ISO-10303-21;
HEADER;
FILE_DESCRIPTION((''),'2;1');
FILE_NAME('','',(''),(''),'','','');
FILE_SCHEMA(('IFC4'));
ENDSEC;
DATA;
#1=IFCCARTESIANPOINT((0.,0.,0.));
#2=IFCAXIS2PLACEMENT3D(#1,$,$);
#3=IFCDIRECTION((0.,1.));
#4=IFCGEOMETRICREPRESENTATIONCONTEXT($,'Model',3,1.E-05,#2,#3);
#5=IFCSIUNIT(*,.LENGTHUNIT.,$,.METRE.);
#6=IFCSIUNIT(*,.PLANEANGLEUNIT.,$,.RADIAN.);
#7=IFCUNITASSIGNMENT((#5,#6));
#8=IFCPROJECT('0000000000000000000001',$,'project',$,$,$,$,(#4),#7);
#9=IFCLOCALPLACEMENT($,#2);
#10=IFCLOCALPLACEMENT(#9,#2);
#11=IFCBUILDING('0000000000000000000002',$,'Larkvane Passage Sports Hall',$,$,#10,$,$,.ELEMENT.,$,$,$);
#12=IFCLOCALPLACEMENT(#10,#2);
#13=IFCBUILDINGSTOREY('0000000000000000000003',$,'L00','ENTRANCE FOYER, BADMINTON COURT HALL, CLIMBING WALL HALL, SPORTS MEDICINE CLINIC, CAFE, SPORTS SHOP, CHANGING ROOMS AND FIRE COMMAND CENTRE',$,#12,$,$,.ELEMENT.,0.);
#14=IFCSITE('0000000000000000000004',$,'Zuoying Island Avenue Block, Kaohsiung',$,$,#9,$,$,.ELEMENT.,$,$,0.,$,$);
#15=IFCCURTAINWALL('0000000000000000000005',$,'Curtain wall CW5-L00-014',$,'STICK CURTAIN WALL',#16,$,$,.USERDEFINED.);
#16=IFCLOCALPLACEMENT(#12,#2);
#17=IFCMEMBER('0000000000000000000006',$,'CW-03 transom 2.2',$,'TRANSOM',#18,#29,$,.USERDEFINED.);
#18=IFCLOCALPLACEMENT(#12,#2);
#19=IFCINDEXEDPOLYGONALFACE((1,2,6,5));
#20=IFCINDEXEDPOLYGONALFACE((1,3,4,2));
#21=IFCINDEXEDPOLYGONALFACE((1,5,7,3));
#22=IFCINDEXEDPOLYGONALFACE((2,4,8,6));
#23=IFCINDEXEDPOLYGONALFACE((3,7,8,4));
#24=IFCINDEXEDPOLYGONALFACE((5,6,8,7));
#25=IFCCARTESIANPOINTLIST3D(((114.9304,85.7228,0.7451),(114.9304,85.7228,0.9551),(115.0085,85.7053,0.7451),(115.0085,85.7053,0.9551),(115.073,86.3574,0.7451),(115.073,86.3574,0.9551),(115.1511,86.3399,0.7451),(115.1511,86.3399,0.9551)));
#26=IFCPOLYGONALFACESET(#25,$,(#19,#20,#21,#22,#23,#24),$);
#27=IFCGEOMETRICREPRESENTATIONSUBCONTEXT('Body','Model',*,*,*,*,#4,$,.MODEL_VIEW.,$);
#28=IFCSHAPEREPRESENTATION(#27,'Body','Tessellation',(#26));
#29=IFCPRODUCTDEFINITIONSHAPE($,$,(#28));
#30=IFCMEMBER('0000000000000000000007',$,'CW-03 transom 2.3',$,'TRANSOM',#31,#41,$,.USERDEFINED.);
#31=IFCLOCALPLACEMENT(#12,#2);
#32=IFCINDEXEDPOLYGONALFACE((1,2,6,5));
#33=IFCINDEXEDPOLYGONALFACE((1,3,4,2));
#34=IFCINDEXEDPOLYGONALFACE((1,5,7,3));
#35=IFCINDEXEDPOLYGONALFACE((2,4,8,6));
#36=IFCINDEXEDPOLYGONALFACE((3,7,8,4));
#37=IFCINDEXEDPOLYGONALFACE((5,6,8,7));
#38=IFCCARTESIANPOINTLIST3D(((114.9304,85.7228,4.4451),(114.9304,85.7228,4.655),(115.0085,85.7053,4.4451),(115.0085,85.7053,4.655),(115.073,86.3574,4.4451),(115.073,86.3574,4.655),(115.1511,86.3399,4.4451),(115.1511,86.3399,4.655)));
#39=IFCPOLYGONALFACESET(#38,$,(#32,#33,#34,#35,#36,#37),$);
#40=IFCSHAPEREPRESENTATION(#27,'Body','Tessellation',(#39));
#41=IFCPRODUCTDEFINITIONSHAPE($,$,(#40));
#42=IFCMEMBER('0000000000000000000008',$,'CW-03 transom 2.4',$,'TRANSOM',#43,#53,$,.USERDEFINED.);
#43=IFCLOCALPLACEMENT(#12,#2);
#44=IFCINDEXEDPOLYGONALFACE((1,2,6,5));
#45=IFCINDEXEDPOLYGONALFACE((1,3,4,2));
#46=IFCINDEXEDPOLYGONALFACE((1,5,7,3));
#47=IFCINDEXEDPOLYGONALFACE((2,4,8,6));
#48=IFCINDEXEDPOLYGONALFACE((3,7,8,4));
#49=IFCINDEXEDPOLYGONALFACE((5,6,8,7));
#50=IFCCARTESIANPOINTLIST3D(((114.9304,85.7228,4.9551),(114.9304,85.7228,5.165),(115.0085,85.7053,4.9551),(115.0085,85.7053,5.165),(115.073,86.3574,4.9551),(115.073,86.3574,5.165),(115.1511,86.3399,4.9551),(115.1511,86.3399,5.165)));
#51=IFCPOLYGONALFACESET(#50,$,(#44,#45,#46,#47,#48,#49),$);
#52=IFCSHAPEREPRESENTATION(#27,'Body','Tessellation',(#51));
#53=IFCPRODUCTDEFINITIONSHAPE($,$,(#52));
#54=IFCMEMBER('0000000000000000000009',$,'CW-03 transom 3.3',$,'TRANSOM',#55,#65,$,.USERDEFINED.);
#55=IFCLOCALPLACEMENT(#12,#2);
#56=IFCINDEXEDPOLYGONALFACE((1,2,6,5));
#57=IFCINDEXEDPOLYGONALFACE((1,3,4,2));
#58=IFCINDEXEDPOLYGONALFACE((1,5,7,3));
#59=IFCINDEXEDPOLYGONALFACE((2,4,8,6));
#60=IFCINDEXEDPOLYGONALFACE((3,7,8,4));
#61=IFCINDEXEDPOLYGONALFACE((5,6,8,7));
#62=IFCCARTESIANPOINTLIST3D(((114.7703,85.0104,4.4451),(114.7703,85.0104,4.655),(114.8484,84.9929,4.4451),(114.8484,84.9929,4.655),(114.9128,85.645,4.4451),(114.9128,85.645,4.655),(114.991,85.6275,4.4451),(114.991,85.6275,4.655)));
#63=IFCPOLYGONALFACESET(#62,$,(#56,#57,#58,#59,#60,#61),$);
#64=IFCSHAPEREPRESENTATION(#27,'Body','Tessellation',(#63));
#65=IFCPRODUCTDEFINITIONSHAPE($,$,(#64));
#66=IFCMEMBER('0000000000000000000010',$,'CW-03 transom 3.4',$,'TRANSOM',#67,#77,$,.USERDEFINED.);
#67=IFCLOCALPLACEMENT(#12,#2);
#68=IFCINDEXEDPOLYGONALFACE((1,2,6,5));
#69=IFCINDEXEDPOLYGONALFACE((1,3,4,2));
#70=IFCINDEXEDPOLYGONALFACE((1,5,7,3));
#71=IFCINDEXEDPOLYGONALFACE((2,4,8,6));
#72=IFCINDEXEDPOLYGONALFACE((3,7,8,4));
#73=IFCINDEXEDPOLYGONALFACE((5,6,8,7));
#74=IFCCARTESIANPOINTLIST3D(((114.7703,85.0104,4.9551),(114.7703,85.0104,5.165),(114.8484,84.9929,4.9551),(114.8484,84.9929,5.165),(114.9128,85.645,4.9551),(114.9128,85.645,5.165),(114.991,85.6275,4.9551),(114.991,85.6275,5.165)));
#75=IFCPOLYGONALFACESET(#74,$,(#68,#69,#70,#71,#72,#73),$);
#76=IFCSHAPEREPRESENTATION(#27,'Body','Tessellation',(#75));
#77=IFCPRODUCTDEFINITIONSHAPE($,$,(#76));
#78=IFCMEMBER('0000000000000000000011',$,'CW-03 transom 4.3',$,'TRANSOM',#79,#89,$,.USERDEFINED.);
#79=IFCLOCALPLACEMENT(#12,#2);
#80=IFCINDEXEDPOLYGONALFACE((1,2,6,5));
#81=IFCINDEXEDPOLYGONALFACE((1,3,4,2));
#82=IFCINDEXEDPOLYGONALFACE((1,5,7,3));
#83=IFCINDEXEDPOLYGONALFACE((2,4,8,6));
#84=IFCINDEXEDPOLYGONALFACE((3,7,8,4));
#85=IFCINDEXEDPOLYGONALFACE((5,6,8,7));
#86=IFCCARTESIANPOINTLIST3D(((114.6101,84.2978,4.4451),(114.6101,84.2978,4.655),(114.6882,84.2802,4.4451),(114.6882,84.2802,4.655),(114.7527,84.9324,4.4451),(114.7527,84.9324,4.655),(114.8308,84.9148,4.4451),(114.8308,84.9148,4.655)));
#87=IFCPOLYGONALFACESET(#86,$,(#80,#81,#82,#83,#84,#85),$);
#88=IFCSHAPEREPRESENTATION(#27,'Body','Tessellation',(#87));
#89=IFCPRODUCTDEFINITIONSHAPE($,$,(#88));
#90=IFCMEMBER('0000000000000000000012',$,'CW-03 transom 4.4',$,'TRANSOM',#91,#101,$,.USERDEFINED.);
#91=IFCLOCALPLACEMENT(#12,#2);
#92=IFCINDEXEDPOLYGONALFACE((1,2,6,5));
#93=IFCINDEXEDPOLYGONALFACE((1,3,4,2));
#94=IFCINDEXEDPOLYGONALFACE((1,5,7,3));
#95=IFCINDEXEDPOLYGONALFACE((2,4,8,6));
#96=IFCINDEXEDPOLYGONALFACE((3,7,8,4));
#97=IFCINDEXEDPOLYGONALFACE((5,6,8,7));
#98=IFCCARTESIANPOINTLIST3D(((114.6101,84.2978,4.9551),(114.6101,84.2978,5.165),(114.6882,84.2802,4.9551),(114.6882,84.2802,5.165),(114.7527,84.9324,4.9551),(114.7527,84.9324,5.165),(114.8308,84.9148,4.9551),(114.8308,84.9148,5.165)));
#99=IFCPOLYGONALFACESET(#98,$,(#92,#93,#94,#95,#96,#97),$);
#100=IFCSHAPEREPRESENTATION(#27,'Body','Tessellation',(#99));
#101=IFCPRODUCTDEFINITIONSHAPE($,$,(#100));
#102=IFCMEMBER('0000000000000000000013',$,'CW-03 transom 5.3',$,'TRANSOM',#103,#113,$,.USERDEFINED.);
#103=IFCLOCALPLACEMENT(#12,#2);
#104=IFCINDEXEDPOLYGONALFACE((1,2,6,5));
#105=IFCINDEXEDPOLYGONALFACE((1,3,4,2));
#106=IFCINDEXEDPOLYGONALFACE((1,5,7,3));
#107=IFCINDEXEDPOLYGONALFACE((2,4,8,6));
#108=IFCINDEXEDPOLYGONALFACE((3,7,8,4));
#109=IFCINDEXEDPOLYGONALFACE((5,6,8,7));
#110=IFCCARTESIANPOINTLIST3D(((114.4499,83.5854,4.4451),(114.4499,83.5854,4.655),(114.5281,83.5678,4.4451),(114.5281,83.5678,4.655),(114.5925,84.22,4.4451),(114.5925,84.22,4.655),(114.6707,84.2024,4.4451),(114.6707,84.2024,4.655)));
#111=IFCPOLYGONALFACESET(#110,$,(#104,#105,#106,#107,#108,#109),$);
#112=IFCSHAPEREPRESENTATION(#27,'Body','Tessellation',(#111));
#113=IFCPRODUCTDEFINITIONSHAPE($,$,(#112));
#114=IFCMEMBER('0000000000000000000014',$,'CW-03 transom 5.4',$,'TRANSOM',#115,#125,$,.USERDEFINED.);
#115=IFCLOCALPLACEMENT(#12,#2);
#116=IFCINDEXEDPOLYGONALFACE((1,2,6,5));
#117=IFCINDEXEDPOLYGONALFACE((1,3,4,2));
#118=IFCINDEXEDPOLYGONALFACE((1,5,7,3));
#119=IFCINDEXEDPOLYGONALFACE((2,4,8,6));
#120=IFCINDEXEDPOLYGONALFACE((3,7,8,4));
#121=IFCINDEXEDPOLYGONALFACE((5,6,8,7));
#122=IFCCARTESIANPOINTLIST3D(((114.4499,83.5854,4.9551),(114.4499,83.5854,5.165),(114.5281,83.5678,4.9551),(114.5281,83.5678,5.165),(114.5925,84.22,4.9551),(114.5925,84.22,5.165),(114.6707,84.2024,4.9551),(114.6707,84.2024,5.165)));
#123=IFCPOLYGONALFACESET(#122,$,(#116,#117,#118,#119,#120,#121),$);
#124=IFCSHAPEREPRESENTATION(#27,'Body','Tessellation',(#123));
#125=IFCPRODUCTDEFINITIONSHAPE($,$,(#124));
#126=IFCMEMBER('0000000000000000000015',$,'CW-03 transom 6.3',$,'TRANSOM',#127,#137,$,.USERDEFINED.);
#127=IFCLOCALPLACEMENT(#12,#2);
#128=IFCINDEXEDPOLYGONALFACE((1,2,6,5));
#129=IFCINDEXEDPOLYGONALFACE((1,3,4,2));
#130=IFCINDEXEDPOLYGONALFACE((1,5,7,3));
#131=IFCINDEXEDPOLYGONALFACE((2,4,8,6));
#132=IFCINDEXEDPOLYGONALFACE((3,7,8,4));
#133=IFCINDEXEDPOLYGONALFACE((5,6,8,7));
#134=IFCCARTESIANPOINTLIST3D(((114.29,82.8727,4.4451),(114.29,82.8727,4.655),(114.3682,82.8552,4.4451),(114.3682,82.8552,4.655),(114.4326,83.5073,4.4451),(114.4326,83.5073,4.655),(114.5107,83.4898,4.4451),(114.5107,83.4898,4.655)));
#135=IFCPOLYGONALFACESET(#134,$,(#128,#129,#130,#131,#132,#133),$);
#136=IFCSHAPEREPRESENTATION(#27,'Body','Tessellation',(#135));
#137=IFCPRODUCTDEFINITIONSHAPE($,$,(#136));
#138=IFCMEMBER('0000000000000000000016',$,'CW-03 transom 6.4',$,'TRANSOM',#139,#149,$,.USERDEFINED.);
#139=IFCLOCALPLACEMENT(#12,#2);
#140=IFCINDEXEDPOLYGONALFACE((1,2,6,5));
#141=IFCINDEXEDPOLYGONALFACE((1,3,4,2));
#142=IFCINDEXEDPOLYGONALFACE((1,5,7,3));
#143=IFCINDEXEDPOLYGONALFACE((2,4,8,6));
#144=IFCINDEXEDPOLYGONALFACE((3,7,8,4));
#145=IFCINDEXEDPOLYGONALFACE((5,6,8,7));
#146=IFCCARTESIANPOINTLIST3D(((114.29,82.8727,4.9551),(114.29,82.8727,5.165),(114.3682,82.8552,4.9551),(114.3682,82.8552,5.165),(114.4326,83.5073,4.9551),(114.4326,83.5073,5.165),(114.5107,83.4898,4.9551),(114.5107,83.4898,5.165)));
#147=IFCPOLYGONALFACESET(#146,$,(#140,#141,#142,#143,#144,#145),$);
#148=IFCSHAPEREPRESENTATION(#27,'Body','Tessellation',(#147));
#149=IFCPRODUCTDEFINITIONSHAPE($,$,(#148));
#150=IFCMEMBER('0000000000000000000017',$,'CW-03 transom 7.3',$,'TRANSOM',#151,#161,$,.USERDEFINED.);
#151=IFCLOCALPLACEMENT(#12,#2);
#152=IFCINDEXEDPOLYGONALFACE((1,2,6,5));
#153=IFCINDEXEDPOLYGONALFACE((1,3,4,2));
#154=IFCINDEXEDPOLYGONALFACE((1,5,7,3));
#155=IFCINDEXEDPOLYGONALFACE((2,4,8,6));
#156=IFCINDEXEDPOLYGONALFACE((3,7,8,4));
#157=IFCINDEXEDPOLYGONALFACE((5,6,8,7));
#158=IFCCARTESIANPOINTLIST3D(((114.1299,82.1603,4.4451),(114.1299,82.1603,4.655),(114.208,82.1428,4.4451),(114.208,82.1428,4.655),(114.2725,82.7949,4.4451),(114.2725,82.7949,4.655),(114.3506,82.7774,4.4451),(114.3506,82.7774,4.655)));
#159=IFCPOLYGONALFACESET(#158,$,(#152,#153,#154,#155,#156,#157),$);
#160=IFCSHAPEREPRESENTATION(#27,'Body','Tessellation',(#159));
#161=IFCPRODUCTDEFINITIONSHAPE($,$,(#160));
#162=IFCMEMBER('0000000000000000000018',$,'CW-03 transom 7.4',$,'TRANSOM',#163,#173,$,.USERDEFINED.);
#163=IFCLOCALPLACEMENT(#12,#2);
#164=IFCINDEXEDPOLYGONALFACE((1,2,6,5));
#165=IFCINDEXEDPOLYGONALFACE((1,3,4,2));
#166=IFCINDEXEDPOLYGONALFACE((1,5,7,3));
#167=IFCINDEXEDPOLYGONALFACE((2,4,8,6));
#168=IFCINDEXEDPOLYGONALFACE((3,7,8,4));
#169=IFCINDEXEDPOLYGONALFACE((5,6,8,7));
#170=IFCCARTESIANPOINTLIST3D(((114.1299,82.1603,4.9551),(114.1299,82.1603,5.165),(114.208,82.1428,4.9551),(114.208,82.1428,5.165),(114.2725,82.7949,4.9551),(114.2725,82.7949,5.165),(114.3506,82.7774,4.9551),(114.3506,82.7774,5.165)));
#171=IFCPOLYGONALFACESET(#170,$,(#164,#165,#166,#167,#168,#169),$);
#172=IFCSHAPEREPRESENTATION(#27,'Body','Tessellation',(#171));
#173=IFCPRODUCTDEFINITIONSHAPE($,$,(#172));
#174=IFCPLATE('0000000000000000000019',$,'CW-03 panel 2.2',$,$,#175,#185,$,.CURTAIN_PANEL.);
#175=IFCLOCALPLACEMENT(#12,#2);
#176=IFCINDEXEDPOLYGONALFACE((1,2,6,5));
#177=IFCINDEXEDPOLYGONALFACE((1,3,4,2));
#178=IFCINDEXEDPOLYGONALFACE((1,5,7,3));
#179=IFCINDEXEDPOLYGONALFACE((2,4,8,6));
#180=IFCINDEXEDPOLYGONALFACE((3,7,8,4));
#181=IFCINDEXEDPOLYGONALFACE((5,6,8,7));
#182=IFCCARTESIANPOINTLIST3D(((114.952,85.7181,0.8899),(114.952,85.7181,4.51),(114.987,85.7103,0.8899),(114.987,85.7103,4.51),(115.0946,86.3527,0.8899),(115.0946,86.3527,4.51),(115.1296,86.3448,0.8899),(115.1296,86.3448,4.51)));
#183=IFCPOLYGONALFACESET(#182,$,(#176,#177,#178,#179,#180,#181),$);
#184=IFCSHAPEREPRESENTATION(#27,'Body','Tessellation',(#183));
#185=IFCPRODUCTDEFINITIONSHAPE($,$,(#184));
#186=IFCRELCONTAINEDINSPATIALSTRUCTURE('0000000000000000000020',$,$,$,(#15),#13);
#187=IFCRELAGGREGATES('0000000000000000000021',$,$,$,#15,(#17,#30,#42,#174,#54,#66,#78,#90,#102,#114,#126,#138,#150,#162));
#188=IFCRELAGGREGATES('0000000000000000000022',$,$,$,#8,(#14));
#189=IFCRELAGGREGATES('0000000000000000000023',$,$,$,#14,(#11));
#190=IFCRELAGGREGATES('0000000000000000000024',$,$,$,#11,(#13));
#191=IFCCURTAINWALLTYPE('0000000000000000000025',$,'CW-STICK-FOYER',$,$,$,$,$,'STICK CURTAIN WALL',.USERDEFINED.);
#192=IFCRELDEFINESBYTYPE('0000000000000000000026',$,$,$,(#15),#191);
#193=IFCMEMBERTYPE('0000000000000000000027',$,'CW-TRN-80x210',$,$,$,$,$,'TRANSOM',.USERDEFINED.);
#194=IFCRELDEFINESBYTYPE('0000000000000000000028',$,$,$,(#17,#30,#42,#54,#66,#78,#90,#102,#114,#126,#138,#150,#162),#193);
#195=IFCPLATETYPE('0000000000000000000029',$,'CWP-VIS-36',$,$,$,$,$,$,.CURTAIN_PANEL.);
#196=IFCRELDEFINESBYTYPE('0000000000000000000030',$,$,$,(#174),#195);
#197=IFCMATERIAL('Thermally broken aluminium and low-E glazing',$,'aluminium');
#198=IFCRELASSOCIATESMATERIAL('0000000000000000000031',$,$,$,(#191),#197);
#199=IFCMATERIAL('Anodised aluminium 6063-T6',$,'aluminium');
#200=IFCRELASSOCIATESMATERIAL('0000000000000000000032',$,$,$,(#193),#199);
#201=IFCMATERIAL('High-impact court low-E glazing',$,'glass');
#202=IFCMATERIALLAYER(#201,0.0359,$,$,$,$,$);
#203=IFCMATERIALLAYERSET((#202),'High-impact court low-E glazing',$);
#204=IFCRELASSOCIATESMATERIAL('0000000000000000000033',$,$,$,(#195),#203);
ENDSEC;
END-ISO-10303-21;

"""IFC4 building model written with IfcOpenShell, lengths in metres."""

from ifc_helpers import new_model, si_unit, direction, frame, origin, origin_2d, place, context, subcontext, project, spatial, rectangle, extrude, material, layer, layer_set, material_profile, profile_set, type_object, element, aggregate, save


model = new_model("IFC4")

# Units and contexts
model_context = context("Model", 3, precision=1e-05, world=origin(), true_north=direction((0.0, 1.0)))
body_context = subcontext(model_context, "Body", "Model", "MODEL_VIEW")
ifc_project = project(units=[si_unit("LENGTHUNIT", "METRE"), si_unit("PLANEANGLEUNIT", "RADIAN")], contexts=[model_context])

# Site, building, storey
site_placement = place(None, origin())
site = spatial("IfcSite", under=ifc_project, at=site_placement, Name="Zuoying Island Avenue Block, Kaohsiung", CompositionType="ELEMENT", RefElevation=0.0)
building_placement = place(site_placement, origin())
building = spatial("IfcBuilding", under=site, at=building_placement, Name="Larkvane Passage Sports Hall", CompositionType="ELEMENT")
storey_placement = place(building_placement, origin())
storey = spatial("IfcBuildingStorey", under=building, at=storey_placement, Name="L00", Description="ENTRANCE FOYER, BADMINTON COURT HALL, CLIMBING WALL HALL, SPORTS MEDICINE CLINIC, CAFE, SPORTS SHOP, CHANGING ROOMS AND FIRE COMMAND CENTRE", CompositionType="ELEMENT", Elevation=0.0)

# Curtain wall, members, plate
ifc_material_1 = material(Name="Thermally broken aluminium and low-E glazing", Category="aluminium")
curtain_wall_type = type_object("IfcCurtainWallType", Name="CW-STICK-FOYER", ElementType="STICK CURTAIN WALL", PredefinedType="USERDEFINED", material=ifc_material_1)
curtain_wall_placement = place(storey_placement, origin())
curtain_wall = element("IfcCurtainWall", 1, at=curtain_wall_placement, inside=storey, type_object=curtain_wall_type, Name="Curtain wall CW5-L00-014", ObjectType="STICK CURTAIN WALL", PredefinedType="USERDEFINED")
ifc_material_2 = material(Name="Anodised aluminium 6063-T6", Category="aluminium")
ifc_material_profile = material_profile(ifc_material_2, rectangle(XDim=0.0801, YDim=0.21, at=origin_2d()), Name="ALU-TRN-80x210")
ifc_profile_set = profile_set([ifc_material_profile], Name="Anodised aluminium 6063-T6")
member_type = type_object("IfcMemberType", Name="CW-TRN-80x210", ElementType="TRANSOM", PredefinedType="USERDEFINED", material=ifc_profile_set)
member_1_placement = place(storey_placement, frame((115.1121, 86.3486, 0.8501), z_axis=(-0.219235, -0.975672, 0.0), x_axis=(0.975672, -0.219235, 0.0)))
member_1 = element("IfcMember", 2, at=member_1_placement, type_object=member_type, Name="CW-03 transom 2.2", ObjectType="TRANSOM", PredefinedType="USERDEFINED", context=body_context, shape_type="SweptSolid", body=[
    extrude(rectangle(XDim=0.0801, YDim=0.21, at=origin_2d()), origin(), (0.0, 0.0, 1.0), 0.6504),
])
member_2_placement = place(storey_placement, frame((115.1121, 86.3486, 4.55), z_axis=(-0.219235, -0.975672, 0.0), x_axis=(0.975672, -0.219235, 0.0)))
member_2 = element("IfcMember", 3, at=member_2_placement, type_object=member_type, Name="CW-03 transom 2.3", ObjectType="TRANSOM", PredefinedType="USERDEFINED", context=body_context, shape_type="SweptSolid", body=[
    extrude(rectangle(XDim=0.0801, YDim=0.21, at=origin_2d()), origin(), (0.0, 0.0, 1.0), 0.6504),
])
member_3_placement = place(storey_placement, frame((115.1121, 86.3486, 5.0601), z_axis=(-0.219235, -0.975672, 0.0), x_axis=(0.975672, -0.219235, 0.0)))
member_3 = element("IfcMember", 4, at=member_3_placement, type_object=member_type, Name="CW-03 transom 2.4", ObjectType="TRANSOM", PredefinedType="USERDEFINED", context=body_context, shape_type="SweptSolid", body=[
    extrude(rectangle(XDim=0.0801, YDim=0.21, at=origin_2d()), origin(), (0.0, 0.0, 1.0), 0.6504),
])
member_4_placement = place(storey_placement, frame((114.9519, 85.6362, 4.55), z_axis=(-0.219235, -0.975672, 0.0), x_axis=(0.975672, -0.219235, 0.0)))
member_4 = element("IfcMember", 5, at=member_4_placement, type_object=member_type, Name="CW-03 transom 3.3", ObjectType="TRANSOM", PredefinedType="USERDEFINED", context=body_context, shape_type="SweptSolid", body=[
    extrude(rectangle(XDim=0.0801, YDim=0.21, at=origin_2d()), origin(), (0.0, 0.0, 1.0), 0.6504),
])
member_5_placement = place(storey_placement, frame((114.9519, 85.6362, 5.0601), z_axis=(-0.219235, -0.975672, 0.0), x_axis=(0.975672, -0.219235, 0.0)))
member_5 = element("IfcMember", 6, at=member_5_placement, type_object=member_type, Name="CW-03 transom 3.4", ObjectType="TRANSOM", PredefinedType="USERDEFINED", context=body_context, shape_type="SweptSolid", body=[
    extrude(rectangle(XDim=0.0801, YDim=0.21, at=origin_2d()), origin(), (0.0, 0.0, 1.0), 0.6504),
])
member_6_placement = place(storey_placement, frame((114.7917, 84.9236, 4.55), z_axis=(-0.219235, -0.975672, 0.0), x_axis=(0.975672, -0.219235, 0.0)))
member_6 = element("IfcMember", 7, at=member_6_placement, type_object=member_type, Name="CW-03 transom 4.3", ObjectType="TRANSOM", PredefinedType="USERDEFINED", context=body_context, shape_type="SweptSolid", body=[
    extrude(rectangle(XDim=0.0801, YDim=0.21, at=origin_2d()), origin(), (0.0, 0.0, 1.0), 0.6504),
])
member_7_placement = place(storey_placement, frame((114.7917, 84.9236, 5.0601), z_axis=(-0.219235, -0.975672, 0.0), x_axis=(0.975672, -0.219235, 0.0)))
member_7 = element("IfcMember", 8, at=member_7_placement, type_object=member_type, Name="CW-03 transom 4.4", ObjectType="TRANSOM", PredefinedType="USERDEFINED", context=body_context, shape_type="SweptSolid", body=[
    extrude(rectangle(XDim=0.0801, YDim=0.21, at=origin_2d()), origin(), (0.0, 0.0, 1.0), 0.6504),
])
member_8_placement = place(storey_placement, frame((114.6316, 84.2112, 4.55), z_axis=(-0.219235, -0.975672, 0.0), x_axis=(0.975672, -0.219235, 0.0)))
member_8 = element("IfcMember", 9, at=member_8_placement, type_object=member_type, Name="CW-03 transom 5.3", ObjectType="TRANSOM", PredefinedType="USERDEFINED", context=body_context, shape_type="SweptSolid", body=[
    extrude(rectangle(XDim=0.0801, YDim=0.21, at=origin_2d()), origin(), (0.0, 0.0, 1.0), 0.6504),
])
member_9_placement = place(storey_placement, frame((114.6316, 84.2112, 5.0601), z_axis=(-0.219235, -0.975672, 0.0), x_axis=(0.975672, -0.219235, 0.0)))
member_9 = element("IfcMember", 10, at=member_9_placement, type_object=member_type, Name="CW-03 transom 5.4", ObjectType="TRANSOM", PredefinedType="USERDEFINED", context=body_context, shape_type="SweptSolid", body=[
    extrude(rectangle(XDim=0.0801, YDim=0.21, at=origin_2d()), origin(), (0.0, 0.0, 1.0), 0.6504),
])
member_10_placement = place(storey_placement, frame((114.4717, 83.4985, 4.55), z_axis=(-0.219235, -0.975672, 0.0), x_axis=(0.975672, -0.219235, 0.0)))
member_10 = element("IfcMember", 11, at=member_10_placement, type_object=member_type, Name="CW-03 transom 6.3", ObjectType="TRANSOM", PredefinedType="USERDEFINED", context=body_context, shape_type="SweptSolid", body=[
    extrude(rectangle(XDim=0.0801, YDim=0.21, at=origin_2d()), origin(), (0.0, 0.0, 1.0), 0.6504),
])
member_11_placement = place(storey_placement, frame((114.4717, 83.4985, 5.0601), z_axis=(-0.219235, -0.975672, 0.0), x_axis=(0.975672, -0.219235, 0.0)))
member_11 = element("IfcMember", 12, at=member_11_placement, type_object=member_type, Name="CW-03 transom 6.4", ObjectType="TRANSOM", PredefinedType="USERDEFINED", context=body_context, shape_type="SweptSolid", body=[
    extrude(rectangle(XDim=0.0801, YDim=0.21, at=origin_2d()), origin(), (0.0, 0.0, 1.0), 0.6504),
])
member_12_placement = place(storey_placement, frame((114.3115, 82.7861, 4.55), z_axis=(-0.219235, -0.975672, 0.0), x_axis=(0.975672, -0.219235, 0.0)))
member_12 = element("IfcMember", 13, at=member_12_placement, type_object=member_type, Name="CW-03 transom 7.3", ObjectType="TRANSOM", PredefinedType="USERDEFINED", context=body_context, shape_type="SweptSolid", body=[
    extrude(rectangle(XDim=0.0801, YDim=0.21, at=origin_2d()), origin(), (0.0, 0.0, 1.0), 0.6504),
])
member_13_placement = place(storey_placement, frame((114.3115, 82.7861, 5.0601), z_axis=(-0.219235, -0.975672, 0.0), x_axis=(0.975672, -0.219235, 0.0)))
member_13 = element("IfcMember", 14, at=member_13_placement, type_object=member_type, Name="CW-03 transom 7.4", ObjectType="TRANSOM", PredefinedType="USERDEFINED", context=body_context, shape_type="SweptSolid", body=[
    extrude(rectangle(XDim=0.0801, YDim=0.21, at=origin_2d()), origin(), (0.0, 0.0, 1.0), 0.6504),
])
ifc_material_3 = material(Name="High-impact court low-E glazing", Category="glass")
ifc_layer = layer(ifc_material_3, 0.0359)
ifc_layer_set = layer_set([ifc_layer], Name="High-impact court low-E glazing")
plate_type = type_object("IfcPlateType", Name="CWP-VIS-36", PredefinedType="CURTAIN_PANEL", material=ifc_layer_set)
plate_1_placement = place(storey_placement, frame((115.0408, 86.0315, 0.8899), z_axis=(0.0, 0.0, 1.0), x_axis=(-0.219244, -0.97567, 0.0)))
plate_1 = element("IfcPlate", 15, at=plate_1_placement, type_object=plate_type, Name="CW-03 panel 2.2", PredefinedType="CURTAIN_PANEL", context=body_context, shape_type="SweptSolid", body=[
    extrude(rectangle(XDim=0.6504, YDim=0.0359, at=origin_2d()), origin(), (0.0, 0.0, 1.0), 3.6201),
])
aggregate(curtain_wall, [member_1, member_2, member_3, plate_1, member_4, member_5, member_6, member_7, member_8, member_9, member_10, member_11, member_12, member_13])

save(model, "model.ifc")
